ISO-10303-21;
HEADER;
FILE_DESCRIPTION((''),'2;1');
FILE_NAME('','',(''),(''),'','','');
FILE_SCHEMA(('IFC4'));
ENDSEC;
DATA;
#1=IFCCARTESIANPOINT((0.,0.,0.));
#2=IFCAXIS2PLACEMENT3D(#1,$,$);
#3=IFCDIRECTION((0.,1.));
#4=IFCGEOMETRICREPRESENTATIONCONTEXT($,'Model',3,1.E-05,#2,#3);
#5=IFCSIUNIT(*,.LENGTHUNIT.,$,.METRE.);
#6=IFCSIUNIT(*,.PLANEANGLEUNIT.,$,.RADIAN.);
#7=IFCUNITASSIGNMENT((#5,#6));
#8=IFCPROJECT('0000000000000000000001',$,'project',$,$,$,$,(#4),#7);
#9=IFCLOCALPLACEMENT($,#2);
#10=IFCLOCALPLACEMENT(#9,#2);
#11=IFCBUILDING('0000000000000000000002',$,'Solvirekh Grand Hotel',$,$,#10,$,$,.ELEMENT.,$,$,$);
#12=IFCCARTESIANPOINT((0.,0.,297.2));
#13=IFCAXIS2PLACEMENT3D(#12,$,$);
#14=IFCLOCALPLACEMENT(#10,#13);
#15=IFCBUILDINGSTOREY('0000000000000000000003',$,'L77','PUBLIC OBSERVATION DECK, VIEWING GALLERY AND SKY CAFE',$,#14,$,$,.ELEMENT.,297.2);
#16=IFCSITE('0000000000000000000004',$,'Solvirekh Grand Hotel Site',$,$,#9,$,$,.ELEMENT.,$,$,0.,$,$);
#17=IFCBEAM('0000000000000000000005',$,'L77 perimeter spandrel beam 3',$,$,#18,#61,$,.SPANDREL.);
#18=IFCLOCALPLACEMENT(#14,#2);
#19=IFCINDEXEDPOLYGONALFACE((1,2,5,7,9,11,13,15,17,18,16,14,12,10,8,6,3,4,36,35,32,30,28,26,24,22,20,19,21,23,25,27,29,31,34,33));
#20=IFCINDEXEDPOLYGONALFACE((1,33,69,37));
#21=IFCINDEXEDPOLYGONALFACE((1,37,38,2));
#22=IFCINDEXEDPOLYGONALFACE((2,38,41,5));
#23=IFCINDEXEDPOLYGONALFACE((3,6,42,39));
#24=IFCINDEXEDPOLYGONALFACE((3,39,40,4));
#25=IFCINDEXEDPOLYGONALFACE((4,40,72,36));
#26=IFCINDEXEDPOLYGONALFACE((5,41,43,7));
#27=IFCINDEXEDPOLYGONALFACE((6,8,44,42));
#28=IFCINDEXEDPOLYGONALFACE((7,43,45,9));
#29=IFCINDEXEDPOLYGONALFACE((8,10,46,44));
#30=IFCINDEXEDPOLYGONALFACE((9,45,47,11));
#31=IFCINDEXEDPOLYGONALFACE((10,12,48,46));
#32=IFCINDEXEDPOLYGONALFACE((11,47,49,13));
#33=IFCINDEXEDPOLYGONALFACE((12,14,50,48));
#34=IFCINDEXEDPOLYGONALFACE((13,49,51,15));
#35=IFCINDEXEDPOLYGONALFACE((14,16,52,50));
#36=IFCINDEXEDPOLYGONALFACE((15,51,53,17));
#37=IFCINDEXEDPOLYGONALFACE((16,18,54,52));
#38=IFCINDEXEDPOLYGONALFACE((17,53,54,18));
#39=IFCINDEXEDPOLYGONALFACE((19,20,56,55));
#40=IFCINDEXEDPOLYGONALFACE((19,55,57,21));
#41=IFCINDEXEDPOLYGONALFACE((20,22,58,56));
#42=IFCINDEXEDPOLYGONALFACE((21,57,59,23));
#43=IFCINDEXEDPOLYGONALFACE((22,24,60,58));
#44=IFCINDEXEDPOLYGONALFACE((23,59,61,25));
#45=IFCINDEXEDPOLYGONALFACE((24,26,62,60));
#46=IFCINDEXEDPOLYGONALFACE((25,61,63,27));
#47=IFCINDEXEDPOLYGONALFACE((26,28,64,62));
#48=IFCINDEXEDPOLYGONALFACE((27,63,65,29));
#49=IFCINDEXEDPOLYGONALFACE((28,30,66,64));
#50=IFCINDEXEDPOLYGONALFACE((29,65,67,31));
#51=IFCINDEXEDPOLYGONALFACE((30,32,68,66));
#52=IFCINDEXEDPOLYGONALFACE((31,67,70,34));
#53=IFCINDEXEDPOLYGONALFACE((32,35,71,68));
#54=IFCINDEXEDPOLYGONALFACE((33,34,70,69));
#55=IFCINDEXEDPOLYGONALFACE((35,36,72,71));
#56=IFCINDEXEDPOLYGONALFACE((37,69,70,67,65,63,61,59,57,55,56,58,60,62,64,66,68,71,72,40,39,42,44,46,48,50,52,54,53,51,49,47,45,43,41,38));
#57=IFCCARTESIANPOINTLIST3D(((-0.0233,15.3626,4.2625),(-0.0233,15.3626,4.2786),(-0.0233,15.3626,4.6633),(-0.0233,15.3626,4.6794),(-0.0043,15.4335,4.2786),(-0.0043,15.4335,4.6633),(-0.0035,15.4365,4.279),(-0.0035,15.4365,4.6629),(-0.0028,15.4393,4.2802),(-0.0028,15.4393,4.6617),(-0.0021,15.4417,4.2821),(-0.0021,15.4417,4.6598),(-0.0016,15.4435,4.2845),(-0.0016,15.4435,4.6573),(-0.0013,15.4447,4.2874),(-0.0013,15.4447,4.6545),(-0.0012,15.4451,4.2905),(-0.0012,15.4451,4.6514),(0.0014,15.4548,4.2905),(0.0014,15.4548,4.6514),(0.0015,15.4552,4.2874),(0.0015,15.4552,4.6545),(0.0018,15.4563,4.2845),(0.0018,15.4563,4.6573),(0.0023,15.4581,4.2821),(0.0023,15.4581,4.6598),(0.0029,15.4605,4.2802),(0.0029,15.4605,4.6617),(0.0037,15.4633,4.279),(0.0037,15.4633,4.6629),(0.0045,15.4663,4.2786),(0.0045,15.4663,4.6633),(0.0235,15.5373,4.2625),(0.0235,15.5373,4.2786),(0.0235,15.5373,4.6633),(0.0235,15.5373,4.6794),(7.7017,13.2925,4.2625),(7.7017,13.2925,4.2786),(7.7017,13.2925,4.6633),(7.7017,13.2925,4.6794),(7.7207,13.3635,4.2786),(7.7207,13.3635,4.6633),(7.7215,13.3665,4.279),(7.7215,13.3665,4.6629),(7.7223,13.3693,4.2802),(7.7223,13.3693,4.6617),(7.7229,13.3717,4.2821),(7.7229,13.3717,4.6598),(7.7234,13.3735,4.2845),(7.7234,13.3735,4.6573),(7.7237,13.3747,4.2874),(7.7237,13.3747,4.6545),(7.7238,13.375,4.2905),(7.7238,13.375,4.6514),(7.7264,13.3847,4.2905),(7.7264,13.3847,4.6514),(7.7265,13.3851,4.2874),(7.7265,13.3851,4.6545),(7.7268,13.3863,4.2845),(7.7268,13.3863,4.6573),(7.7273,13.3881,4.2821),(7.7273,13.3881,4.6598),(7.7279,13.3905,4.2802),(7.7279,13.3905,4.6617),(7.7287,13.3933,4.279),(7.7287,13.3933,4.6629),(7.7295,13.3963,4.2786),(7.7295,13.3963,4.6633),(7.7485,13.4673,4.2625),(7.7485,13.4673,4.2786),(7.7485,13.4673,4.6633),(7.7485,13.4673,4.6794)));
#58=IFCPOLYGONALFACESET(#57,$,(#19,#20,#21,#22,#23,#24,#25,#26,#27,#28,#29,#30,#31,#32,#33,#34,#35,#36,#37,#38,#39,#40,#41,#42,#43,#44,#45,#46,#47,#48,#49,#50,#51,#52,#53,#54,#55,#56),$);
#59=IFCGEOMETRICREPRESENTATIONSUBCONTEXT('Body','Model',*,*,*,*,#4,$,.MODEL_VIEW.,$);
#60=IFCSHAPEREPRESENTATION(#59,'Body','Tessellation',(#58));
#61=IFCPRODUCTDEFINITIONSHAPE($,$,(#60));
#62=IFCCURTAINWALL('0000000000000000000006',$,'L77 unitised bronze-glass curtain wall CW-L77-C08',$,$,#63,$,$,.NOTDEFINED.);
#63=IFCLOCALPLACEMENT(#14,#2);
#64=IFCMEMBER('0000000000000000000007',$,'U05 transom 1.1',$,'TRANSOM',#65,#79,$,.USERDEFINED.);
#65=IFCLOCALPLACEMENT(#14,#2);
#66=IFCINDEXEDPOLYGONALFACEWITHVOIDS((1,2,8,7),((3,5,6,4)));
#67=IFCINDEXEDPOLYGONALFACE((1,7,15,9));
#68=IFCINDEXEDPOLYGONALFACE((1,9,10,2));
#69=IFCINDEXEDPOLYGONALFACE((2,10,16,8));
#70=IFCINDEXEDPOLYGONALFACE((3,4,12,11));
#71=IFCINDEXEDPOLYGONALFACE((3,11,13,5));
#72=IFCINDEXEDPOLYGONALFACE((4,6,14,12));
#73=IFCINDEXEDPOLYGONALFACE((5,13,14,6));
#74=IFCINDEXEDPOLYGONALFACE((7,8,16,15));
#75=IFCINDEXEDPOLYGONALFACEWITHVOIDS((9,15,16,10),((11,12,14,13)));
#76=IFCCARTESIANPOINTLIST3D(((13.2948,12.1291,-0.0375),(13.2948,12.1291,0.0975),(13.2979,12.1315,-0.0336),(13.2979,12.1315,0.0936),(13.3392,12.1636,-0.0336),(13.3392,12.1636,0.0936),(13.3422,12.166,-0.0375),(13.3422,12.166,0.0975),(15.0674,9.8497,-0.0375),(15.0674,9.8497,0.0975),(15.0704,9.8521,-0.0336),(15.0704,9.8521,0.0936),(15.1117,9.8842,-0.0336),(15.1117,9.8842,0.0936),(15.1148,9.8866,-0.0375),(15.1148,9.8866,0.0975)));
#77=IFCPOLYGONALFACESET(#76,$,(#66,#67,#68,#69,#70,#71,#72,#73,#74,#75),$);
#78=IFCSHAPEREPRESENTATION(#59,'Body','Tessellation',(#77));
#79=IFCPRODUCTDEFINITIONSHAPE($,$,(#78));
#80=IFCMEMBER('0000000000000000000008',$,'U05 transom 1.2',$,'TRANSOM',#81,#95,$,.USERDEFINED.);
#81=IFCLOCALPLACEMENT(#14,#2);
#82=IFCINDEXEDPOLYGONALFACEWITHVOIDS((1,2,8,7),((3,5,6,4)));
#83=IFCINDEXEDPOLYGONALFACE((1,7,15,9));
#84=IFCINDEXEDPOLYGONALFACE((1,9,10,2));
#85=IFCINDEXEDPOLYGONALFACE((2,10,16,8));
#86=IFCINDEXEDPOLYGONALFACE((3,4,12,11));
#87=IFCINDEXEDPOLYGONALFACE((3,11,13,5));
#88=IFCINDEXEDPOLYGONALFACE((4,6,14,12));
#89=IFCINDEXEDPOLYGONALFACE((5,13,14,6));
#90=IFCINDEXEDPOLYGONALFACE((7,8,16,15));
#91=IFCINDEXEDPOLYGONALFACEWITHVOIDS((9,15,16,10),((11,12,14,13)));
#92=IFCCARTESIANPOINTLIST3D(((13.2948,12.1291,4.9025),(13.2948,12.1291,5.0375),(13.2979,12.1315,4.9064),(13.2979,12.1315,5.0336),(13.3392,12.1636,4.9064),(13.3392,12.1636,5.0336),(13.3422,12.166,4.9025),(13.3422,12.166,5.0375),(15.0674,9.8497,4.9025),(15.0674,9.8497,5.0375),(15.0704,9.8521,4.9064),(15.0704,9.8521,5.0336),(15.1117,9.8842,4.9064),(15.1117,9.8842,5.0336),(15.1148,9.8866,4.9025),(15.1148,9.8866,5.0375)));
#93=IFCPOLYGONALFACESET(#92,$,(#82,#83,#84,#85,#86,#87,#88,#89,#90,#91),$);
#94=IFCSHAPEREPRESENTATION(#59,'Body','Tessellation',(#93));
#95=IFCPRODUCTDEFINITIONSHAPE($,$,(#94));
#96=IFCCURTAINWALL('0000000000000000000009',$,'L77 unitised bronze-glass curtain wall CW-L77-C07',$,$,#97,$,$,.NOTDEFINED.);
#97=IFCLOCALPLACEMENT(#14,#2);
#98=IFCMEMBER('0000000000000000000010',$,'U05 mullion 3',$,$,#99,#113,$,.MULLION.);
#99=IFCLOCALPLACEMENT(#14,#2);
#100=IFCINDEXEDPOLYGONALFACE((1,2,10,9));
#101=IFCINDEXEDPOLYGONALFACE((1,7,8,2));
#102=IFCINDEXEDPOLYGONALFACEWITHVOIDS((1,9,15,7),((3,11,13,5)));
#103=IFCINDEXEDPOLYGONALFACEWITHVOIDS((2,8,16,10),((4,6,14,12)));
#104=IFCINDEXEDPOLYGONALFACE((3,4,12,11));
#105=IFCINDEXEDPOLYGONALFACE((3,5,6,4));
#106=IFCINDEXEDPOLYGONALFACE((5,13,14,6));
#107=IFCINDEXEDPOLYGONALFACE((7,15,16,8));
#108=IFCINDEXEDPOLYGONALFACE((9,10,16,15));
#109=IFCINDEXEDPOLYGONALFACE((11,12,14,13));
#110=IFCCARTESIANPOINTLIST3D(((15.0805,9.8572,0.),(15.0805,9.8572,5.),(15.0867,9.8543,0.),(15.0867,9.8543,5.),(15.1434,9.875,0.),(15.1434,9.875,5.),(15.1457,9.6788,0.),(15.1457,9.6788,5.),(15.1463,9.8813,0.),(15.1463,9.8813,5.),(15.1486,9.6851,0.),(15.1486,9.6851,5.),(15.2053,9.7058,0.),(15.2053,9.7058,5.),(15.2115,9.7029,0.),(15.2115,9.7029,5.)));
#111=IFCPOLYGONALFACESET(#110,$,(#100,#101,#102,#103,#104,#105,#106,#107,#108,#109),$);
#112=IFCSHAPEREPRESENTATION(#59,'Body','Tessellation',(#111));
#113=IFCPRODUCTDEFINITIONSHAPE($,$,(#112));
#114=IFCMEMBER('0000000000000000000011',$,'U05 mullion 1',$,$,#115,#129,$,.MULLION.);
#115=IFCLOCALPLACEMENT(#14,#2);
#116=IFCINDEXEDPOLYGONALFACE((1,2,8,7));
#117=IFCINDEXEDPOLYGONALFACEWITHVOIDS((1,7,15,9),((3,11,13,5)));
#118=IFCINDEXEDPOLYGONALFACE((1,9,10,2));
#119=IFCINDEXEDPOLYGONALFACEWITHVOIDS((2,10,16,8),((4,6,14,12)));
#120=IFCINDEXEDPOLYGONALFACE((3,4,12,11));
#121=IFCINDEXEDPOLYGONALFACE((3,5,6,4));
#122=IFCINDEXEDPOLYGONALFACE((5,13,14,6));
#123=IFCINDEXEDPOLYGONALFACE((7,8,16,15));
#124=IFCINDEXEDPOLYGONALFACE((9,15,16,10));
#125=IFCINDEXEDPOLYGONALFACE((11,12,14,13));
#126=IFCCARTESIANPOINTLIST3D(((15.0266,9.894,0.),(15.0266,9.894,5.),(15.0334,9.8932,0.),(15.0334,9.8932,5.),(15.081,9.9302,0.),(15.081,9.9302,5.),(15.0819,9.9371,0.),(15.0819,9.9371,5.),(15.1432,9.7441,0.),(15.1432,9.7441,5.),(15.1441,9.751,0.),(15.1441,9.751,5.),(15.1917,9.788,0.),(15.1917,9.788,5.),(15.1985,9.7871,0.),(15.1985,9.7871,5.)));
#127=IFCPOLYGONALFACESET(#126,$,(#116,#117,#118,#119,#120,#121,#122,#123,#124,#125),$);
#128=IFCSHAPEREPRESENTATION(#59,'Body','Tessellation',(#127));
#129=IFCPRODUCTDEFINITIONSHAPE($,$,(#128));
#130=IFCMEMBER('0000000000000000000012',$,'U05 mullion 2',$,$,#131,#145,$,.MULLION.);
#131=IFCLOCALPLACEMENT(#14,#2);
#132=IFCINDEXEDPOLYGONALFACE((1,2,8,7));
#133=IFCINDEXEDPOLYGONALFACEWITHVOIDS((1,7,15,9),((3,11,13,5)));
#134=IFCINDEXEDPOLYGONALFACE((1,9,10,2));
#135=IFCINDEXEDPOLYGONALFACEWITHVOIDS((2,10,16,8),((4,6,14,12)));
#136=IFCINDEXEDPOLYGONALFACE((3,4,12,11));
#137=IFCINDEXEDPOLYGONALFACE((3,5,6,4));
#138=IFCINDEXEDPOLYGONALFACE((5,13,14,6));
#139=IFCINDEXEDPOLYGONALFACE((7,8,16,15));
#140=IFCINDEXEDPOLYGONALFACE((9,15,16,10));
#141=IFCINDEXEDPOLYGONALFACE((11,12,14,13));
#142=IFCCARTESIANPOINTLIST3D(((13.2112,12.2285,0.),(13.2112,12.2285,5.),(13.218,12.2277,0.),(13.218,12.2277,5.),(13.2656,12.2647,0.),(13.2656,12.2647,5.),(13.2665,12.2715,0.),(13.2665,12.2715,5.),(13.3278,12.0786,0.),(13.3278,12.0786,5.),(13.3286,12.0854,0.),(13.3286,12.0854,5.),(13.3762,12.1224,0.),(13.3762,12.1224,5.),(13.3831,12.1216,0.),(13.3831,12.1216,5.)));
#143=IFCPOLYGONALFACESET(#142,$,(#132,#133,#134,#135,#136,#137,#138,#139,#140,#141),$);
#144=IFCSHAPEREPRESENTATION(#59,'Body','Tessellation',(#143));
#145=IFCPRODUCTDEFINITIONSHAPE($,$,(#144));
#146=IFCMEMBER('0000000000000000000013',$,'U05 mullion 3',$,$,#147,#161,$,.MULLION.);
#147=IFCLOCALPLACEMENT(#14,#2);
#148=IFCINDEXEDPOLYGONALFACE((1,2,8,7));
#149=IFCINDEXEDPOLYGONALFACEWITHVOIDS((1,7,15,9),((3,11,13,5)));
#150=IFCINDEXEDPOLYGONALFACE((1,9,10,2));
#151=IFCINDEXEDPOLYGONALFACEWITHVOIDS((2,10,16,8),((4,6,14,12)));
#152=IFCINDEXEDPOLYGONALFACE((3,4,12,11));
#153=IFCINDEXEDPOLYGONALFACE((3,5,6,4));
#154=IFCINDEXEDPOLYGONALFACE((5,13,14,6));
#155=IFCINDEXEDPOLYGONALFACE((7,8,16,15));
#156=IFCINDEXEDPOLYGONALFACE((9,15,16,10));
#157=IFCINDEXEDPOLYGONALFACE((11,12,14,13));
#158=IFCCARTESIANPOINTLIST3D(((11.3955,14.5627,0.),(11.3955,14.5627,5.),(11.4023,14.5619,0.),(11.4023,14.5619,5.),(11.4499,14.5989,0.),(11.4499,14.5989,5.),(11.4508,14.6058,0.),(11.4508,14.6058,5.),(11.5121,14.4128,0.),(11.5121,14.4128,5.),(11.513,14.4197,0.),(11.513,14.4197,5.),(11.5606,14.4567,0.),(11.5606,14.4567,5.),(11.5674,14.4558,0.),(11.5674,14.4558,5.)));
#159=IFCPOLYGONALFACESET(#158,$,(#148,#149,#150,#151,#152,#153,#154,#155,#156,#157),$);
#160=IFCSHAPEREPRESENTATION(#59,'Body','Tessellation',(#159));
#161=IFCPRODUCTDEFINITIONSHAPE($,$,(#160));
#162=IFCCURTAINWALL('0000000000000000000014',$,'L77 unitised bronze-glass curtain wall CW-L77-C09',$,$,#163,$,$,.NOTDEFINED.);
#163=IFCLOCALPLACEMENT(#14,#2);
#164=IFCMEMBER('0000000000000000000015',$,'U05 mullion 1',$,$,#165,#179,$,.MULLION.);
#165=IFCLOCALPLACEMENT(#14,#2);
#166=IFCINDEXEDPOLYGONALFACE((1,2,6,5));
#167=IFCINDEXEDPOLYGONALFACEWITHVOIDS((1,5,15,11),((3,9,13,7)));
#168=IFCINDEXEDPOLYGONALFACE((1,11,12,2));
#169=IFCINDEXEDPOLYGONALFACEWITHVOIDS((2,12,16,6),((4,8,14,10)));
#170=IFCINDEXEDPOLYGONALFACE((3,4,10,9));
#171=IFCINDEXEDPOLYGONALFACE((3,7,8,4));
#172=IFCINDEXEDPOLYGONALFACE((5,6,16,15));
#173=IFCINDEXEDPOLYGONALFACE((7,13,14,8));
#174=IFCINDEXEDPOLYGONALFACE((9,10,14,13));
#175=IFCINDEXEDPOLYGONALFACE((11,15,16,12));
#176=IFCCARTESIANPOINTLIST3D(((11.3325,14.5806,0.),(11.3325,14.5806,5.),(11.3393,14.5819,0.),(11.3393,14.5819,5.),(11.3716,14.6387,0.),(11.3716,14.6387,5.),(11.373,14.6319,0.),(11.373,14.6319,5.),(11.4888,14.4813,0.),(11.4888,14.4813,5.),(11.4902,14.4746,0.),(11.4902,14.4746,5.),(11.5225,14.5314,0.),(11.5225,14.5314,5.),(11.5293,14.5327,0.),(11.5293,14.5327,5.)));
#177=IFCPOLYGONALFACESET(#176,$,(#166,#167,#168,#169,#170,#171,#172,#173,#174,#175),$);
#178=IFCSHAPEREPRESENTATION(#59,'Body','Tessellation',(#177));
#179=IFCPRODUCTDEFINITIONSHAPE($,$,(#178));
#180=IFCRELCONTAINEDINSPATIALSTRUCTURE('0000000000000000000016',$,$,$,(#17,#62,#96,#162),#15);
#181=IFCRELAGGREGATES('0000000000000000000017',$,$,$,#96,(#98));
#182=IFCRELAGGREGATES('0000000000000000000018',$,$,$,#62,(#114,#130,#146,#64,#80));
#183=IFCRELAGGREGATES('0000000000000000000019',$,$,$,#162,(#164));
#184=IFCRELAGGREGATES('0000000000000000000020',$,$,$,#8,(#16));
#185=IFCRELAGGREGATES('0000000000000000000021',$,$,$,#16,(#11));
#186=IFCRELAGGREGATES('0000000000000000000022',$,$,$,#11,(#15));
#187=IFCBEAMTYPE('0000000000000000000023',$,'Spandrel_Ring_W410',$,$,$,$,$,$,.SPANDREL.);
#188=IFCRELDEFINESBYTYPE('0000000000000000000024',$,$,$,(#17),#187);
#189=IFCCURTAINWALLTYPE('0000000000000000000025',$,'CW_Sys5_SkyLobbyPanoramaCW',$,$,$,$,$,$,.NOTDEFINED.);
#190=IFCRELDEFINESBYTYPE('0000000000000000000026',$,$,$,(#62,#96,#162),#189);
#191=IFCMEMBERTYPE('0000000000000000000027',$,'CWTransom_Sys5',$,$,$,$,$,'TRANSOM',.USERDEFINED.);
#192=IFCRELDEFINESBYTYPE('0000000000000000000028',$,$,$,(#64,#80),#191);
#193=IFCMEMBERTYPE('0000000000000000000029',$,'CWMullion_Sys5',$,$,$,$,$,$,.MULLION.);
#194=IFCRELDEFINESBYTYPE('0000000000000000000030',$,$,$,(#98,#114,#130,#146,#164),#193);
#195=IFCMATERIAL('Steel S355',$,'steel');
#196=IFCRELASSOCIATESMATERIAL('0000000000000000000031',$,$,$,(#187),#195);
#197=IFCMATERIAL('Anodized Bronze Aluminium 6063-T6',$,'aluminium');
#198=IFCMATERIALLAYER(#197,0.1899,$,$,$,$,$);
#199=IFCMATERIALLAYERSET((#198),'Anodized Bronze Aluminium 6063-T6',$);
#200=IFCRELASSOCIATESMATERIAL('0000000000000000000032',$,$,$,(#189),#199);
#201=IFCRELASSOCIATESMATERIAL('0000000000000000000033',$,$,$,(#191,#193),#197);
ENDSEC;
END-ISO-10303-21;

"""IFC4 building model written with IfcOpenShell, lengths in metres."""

from ifc_helpers import new_model, si_unit, direction, frame, origin, origin_2d, place, context, subcontext, project, spatial, hollow_rectangle, i_section, extrude, source, transform, mapped, material, layer, layer_set, material_profile, profile_set, type_object, element, aggregate, save


model = new_model("IFC4")

# Units and contexts
model_context = context("Model", 3, precision=1e-05, world=origin(), true_north=direction((0.0, 1.0)))
body_context = subcontext(model_context, "Body", "Model", "MODEL_VIEW")
ifc_project = project(units=[si_unit("LENGTHUNIT", "METRE"), si_unit("PLANEANGLEUNIT", "RADIAN")], contexts=[model_context])

# Site, building, storey
site_placement = place(None, origin())
site = spatial("IfcSite", under=ifc_project, at=site_placement, Name="Solvirekh Grand Hotel Site", CompositionType="ELEMENT", RefElevation=0.0)
building_placement = place(site_placement, origin())
building = spatial("IfcBuilding", under=site, at=building_placement, Name="Solvirekh Grand Hotel", CompositionType="ELEMENT")
storey_placement = place(building_placement, frame((0.0, 0.0, 297.2)))
storey = spatial("IfcBuildingStorey", under=building, at=storey_placement, Name="L77", Description="PUBLIC OBSERVATION DECK, VIEWING GALLERY AND SKY CAFE", CompositionType="ELEMENT", Elevation=297.2)

# Beam
ifc_material_1 = material(Name="Steel S355", Category="steel")
ifc_material_profile_1 = material_profile(ifc_material_1, i_section(OverallWidth=0.1809, OverallDepth=0.417, WebThickness=0.01, FlangeThickness=0.0161, FilletRadius=0.012, at=origin_2d()), Name="W410X85")
ifc_profile_set_1 = profile_set([ifc_material_profile_1], Name="Steel S355")
beam_type = type_object("IfcBeamType", Name="Spandrel_Ring_W410", PredefinedType="SPANDREL", material=ifc_profile_set_1)
beam_placement = place(storey_placement, frame((7.7251, 13.3799, 4.4709), z_axis=(-0.965922, 0.258835, 0.0), x_axis=(-0.258835, -0.965922, 0.0)))
element("IfcBeam", 1, at=beam_placement, inside=storey, type_object=beam_type, Name="L77 perimeter spandrel beam 3", PredefinedType="SPANDREL", context=body_context, shape_type="SweptSolid", body=[
    extrude(i_section(OverallWidth=0.1809, OverallDepth=0.417, WebThickness=0.01, FlangeThickness=0.0161, FilletRadius=0.012, at=origin_2d()), origin(), (0.0, 0.0, 1.0), 7.9976),
])

# Curtain wall, members
ifc_material_2 = material(Name="Anodized Bronze Aluminium 6063-T6", Category="aluminium")
ifc_layer_1 = layer(ifc_material_2, 0.1899)
ifc_layer_set_1 = layer_set([ifc_layer_1], Name="Anodized Bronze Aluminium 6063-T6")
curtain_wall_type = type_object("IfcCurtainWallType", Name="CW_Sys5_SkyLobbyPanoramaCW", PredefinedType="NOTDEFINED", material=ifc_layer_set_1)
curtain_wall_1_placement = place(storey_placement, origin())
curtain_wall_1 = element("IfcCurtainWall", 2, at=curtain_wall_1_placement, inside=storey, type_object=curtain_wall_type, Name="L77 unitised bronze-glass curtain wall CW-L77-C08", PredefinedType="NOTDEFINED")
ifc_material_profile_2 = material_profile(ifc_material_2, hollow_rectangle(XDim=0.0601, YDim=0.135, WallThickness=0.0039, at=origin_2d()), Name="ALU RHS 135X60X4")
ifc_profile_set_2 = profile_set([ifc_material_profile_2], Name="Anodized Bronze Aluminium 6063-T6")
member_type_1 = type_object("IfcMemberType", Name="CWTransom_Sys5", ElementType="TRANSOM", PredefinedType="USERDEFINED", material=ifc_profile_set_2)
shared_shape_1 = source(origin(), body_context, "Body", "SweptSolid", [
    extrude(hollow_rectangle(XDim=0.0601, YDim=0.135, WallThickness=0.0039, at=origin_2d()), origin(), (0.0, 0.0, 1.0), 2.8875),
])
member_1_placement = place(storey_placement, frame((15.0911, 9.8682, 0.03), z_axis=(-0.61387, 0.789407, 0.0), x_axis=(-0.789407, -0.61387, 0.0)))
member_1 = element("IfcMember", 3, at=member_1_placement, type_object=member_type_1, Name="U05 transom 1.1", ObjectType="TRANSOM", PredefinedType="USERDEFINED", context=body_context, shape_type="MappedRepresentation", body=[
    mapped(shared_shape_1, transform((0.0, 0.0, 0.0), x_axis=(1.0, 0.0, 0.0), y_axis=(0.0, 1.0, 0.0), z_axis=(0.0, 0.0, 1.0), scale=1.0)),
])
member_2_placement = place(storey_placement, frame((15.0911, 9.8682, 4.97), z_axis=(-0.61387, 0.789407, 0.0), x_axis=(-0.789407, -0.61387, 0.0)))
member_2 = element("IfcMember", 4, at=member_2_placement, type_object=member_type_1, Name="U05 transom 1.2", ObjectType="TRANSOM", PredefinedType="USERDEFINED", context=body_context, shape_type="MappedRepresentation", body=[
    mapped(shared_shape_1, transform((0.0, 0.0, 0.0), x_axis=(1.0, 0.0, 0.0), y_axis=(0.0, 1.0, 0.0), z_axis=(0.0, 0.0, 1.0), scale=1.0)),
])

# Curtain wall, member
curtain_wall_2_placement = place(storey_placement, origin())
curtain_wall_2 = element("IfcCurtainWall", 5, at=curtain_wall_2_placement, inside=storey, type_object=curtain_wall_type, Name="L77 unitised bronze-glass curtain wall CW-L77-C07", PredefinedType="NOTDEFINED")
ifc_material_profile_3 = material_profile(ifc_material_2, hollow_rectangle(XDim=0.0701, YDim=0.1899, WallThickness=0.0049, at=origin_2d()), Name="ALU RHS 190X70X5")
ifc_profile_set_3 = profile_set([ifc_material_profile_3], Name="Anodized Bronze Aluminium 6063-T6")
member_type_2 = type_object("IfcMemberType", Name="CWMullion_Sys5", PredefinedType="MULLION", material=ifc_profile_set_3)
shared_shape_2 = source(origin(), body_context, "Body", "SweptSolid", [
    extrude(hollow_rectangle(XDim=0.0701, YDim=0.1899, WallThickness=0.0049, at=origin_2d()), origin(), (0.0, 0.0, 1.0), 5.0),
])
member_3_placement = place(storey_placement, frame((15.146, 9.78, 0.0), z_axis=(0.0, 0.0, 1.0), x_axis=(-0.939097, -0.343653, 0.0)))
member_3 = element("IfcMember", 6, at=member_3_placement, type_object=member_type_2, Name="U05 mullion 3", PredefinedType="MULLION", context=body_context, shape_type="MappedRepresentation", body=[
    mapped(shared_shape_2, transform((0.0, 0.0, 0.0), x_axis=(1.0, 0.0, 0.0), y_axis=(0.0, 1.0, 0.0), z_axis=(0.0, 0.0, 1.0), scale=1.0)),
])

# Members
member_4_placement = place(storey_placement, frame((15.1125, 9.8406, 0.0), z_axis=(0.0, 0.0, 1.0), x_axis=(-0.78937, -0.613917, 0.0)))
member_4 = element("IfcMember", 7, at=member_4_placement, type_object=member_type_2, Name="U05 mullion 1", PredefinedType="MULLION", context=body_context, shape_type="MappedRepresentation", body=[
    mapped(shared_shape_2, transform((0.0, 0.0, 0.0), x_axis=(1.0, 0.0, 0.0), y_axis=(0.0, 1.0, 0.0), z_axis=(0.0, 0.0, 1.0), scale=1.0)),
])
member_5_placement = place(storey_placement, frame((13.2971, 12.175, 0.0), z_axis=(0.0, 0.0, 1.0), x_axis=(-0.78937, -0.613917, 0.0)))
member_5 = element("IfcMember", 8, at=member_5_placement, type_object=member_type_2, Name="U05 mullion 2", PredefinedType="MULLION", context=body_context, shape_type="MappedRepresentation", body=[
    mapped(shared_shape_2, transform((0.0, 0.0, 0.0), x_axis=(1.0, 0.0, 0.0), y_axis=(0.0, 1.0, 0.0), z_axis=(0.0, 0.0, 1.0), scale=1.0)),
])
member_6_placement = place(storey_placement, frame((11.4814, 14.5093, 0.0), z_axis=(0.0, 0.0, 1.0), x_axis=(-0.78937, -0.613917, 0.0)))
member_6 = element("IfcMember", 9, at=member_6_placement, type_object=member_type_2, Name="U05 mullion 3", PredefinedType="MULLION", context=body_context, shape_type="MappedRepresentation", body=[
    mapped(shared_shape_2, transform((0.0, 0.0, 0.0), x_axis=(1.0, 0.0, 0.0), y_axis=(0.0, 1.0, 0.0), z_axis=(0.0, 0.0, 1.0), scale=1.0)),
])

# Curtain wall, member
curtain_wall_3_placement = place(storey_placement, origin())
curtain_wall_3 = element("IfcCurtainWall", 10, at=curtain_wall_3_placement, inside=storey, type_object=curtain_wall_type, Name="L77 unitised bronze-glass curtain wall CW-L77-C09", PredefinedType="NOTDEFINED")
member_7_placement = place(storey_placement, frame((11.4309, 14.5566, 0.0), z_axis=(0.0, 0.0, 1.0), x_axis=(-0.558012, -0.829833, 0.0)))
member_7 = element("IfcMember", 11, at=member_7_placement, type_object=member_type_2, Name="U05 mullion 1", PredefinedType="MULLION", context=body_context, shape_type="MappedRepresentation", body=[
    mapped(shared_shape_2, transform((0.0, 0.0, 0.0), x_axis=(1.0, 0.0, 0.0), y_axis=(0.0, 1.0, 0.0), z_axis=(0.0, 0.0, 1.0), scale=1.0)),
])

aggregate(curtain_wall_2, [member_3])
aggregate(curtain_wall_1, [member_4, member_5, member_6, member_1, member_2])
aggregate(curtain_wall_3, [member_7])

save(model, "model.ifc")
